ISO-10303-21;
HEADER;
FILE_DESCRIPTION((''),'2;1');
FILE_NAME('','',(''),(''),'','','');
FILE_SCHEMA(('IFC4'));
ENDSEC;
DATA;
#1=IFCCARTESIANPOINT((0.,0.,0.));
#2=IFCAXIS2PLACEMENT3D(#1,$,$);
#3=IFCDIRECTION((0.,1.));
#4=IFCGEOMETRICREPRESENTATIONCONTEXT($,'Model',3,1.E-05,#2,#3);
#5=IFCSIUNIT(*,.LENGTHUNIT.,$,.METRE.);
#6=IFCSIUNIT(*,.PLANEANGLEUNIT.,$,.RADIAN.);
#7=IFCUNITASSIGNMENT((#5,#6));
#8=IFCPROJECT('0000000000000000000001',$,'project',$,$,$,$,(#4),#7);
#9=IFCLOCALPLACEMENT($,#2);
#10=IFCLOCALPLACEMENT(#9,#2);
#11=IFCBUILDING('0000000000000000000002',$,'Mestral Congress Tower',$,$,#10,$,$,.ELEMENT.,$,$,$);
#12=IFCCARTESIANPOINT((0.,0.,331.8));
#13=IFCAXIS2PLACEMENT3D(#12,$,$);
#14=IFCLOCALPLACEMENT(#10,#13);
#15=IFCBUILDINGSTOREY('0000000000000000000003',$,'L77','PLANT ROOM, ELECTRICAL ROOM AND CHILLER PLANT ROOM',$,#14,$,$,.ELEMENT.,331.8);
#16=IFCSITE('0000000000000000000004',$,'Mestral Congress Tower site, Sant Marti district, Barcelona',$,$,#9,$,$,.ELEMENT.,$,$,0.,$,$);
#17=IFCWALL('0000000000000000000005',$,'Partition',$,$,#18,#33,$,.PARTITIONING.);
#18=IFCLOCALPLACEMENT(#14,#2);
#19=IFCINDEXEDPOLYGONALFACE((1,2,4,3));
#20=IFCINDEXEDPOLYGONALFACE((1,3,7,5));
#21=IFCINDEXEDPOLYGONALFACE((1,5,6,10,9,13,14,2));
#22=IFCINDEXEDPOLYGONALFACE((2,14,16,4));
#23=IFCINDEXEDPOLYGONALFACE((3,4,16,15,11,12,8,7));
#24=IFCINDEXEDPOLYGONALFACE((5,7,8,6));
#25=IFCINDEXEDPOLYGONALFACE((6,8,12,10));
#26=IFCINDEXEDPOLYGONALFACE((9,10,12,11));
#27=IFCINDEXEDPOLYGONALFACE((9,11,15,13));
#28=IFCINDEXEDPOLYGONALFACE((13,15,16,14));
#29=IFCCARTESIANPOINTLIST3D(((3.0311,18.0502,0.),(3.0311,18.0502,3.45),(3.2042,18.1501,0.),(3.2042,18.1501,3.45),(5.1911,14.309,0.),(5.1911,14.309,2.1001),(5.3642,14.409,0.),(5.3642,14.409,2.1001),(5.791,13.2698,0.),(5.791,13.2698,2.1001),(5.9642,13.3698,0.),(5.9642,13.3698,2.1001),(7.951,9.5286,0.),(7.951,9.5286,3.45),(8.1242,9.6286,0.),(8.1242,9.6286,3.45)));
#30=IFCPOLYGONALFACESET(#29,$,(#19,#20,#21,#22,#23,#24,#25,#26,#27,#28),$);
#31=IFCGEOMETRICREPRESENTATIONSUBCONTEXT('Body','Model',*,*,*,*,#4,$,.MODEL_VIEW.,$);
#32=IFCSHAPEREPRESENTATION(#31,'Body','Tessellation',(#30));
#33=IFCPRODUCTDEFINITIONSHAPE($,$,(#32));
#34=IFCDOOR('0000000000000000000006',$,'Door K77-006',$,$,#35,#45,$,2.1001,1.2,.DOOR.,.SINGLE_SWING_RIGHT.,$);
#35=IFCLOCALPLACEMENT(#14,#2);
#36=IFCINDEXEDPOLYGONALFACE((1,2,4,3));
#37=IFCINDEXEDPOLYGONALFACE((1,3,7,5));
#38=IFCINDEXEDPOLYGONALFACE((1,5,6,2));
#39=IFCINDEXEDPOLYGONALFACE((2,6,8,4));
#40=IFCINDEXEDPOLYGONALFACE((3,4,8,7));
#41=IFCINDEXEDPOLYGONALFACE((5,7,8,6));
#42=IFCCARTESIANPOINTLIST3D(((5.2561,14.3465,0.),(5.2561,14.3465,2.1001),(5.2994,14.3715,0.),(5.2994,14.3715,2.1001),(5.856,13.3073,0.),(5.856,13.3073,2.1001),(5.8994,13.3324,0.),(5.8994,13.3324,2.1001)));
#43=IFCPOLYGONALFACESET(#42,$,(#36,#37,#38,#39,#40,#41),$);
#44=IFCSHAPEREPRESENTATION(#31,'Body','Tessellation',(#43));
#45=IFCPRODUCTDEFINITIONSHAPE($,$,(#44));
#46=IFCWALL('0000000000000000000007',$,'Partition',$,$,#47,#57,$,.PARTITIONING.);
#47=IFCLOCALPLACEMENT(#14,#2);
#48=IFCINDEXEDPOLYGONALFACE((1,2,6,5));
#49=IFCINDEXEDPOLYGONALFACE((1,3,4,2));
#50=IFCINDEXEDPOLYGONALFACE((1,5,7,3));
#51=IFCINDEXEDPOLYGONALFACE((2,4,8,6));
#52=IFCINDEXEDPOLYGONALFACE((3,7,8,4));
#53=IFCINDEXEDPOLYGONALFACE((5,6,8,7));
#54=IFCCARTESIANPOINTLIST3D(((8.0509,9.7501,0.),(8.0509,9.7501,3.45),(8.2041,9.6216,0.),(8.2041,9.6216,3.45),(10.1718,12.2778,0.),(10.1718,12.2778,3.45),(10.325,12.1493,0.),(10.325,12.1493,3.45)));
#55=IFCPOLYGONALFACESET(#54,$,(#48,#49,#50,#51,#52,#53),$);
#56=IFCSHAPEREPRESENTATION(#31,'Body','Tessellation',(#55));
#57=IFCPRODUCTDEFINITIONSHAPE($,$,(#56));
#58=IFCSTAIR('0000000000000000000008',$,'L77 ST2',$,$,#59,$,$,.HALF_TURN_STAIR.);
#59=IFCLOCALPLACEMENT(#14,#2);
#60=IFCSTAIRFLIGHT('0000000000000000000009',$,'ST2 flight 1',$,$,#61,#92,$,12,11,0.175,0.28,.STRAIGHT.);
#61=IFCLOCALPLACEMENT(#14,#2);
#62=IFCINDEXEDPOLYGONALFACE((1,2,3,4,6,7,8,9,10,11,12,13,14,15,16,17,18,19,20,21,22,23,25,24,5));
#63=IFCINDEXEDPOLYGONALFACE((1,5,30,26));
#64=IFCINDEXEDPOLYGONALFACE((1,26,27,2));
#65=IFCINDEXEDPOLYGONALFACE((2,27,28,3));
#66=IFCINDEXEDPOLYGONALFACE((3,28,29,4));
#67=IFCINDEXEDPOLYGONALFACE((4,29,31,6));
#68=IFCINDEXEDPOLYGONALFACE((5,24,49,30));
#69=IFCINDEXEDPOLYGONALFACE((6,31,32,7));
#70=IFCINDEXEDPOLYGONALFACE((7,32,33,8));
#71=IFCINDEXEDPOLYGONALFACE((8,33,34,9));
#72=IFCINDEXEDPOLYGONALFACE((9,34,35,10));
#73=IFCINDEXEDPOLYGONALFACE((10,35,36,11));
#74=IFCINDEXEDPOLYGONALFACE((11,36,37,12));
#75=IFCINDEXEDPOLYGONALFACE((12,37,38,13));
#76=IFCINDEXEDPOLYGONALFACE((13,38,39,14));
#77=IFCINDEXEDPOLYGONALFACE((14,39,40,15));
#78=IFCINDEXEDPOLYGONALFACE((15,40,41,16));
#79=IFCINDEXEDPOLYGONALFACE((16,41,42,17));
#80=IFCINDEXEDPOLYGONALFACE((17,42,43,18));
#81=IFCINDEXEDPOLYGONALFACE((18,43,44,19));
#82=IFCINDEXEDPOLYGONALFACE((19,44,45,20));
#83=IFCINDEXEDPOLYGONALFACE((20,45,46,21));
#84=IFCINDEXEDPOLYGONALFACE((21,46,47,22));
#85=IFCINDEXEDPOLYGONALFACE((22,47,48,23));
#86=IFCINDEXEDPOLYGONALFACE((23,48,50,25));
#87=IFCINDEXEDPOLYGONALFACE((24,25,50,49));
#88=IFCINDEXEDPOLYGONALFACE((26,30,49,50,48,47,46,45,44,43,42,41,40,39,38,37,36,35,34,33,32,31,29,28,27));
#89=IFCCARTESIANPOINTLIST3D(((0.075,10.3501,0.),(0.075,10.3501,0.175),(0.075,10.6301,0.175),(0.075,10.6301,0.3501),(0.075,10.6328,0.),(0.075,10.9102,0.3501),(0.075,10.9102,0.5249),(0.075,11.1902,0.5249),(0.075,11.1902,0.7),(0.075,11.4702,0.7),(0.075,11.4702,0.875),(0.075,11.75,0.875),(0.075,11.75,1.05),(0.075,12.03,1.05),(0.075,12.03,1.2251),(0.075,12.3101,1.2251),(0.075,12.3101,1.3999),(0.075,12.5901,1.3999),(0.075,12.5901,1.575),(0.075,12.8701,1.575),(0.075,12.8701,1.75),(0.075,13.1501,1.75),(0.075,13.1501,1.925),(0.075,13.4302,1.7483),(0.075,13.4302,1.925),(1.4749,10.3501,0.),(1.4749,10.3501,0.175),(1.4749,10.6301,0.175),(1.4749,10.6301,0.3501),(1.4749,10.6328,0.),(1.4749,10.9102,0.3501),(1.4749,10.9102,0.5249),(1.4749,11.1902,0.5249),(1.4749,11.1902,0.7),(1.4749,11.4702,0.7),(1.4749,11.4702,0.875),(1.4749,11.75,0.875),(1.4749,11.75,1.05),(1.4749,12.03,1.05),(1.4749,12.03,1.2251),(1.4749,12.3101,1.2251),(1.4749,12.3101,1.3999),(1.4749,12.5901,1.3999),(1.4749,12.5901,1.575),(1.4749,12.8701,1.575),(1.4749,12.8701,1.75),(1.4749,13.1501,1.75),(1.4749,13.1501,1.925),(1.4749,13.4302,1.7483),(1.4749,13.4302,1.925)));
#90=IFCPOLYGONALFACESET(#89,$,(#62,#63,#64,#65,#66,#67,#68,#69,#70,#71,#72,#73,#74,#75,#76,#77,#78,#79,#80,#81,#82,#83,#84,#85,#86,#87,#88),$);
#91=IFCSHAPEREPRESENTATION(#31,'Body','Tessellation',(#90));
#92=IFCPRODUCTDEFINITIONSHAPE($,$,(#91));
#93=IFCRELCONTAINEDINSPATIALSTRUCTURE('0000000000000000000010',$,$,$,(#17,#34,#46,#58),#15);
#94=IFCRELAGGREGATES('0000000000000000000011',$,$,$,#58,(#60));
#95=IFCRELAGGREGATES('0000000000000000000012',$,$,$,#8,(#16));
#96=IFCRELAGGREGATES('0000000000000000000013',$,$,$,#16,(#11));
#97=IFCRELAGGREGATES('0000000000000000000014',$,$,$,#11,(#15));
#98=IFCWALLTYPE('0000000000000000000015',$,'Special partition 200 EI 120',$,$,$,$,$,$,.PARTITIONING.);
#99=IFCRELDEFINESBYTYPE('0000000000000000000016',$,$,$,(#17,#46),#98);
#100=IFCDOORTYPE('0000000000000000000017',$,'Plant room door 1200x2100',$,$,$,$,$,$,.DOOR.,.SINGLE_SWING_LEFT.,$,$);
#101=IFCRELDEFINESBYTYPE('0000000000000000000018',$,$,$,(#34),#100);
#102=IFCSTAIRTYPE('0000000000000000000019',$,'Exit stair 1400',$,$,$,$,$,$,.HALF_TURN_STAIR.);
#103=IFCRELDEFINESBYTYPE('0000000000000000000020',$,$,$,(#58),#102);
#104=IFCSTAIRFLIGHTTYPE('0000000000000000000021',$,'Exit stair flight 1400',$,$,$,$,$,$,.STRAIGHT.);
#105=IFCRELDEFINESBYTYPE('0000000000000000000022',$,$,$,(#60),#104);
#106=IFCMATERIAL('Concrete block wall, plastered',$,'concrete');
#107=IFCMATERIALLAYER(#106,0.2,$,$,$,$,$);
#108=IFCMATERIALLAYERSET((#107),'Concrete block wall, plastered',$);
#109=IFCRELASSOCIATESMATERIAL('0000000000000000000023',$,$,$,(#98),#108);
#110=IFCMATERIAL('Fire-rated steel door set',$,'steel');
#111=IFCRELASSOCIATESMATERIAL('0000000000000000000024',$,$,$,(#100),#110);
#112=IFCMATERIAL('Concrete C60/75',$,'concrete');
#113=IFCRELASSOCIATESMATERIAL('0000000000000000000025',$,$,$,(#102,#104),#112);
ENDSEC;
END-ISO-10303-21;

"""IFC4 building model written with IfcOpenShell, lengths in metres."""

from ifc_helpers import new_model, si_unit, direction, frame, frame_2d, origin, place, context, subcontext, project, spatial, polyline, rectangle, outline, extrude, material, layer, layer_set, type_object, element, fill, aggregate, save


model = new_model("IFC4")

# Units and contexts
model_context = context("Model", 3, precision=1e-05, world=origin(), true_north=direction((0.0, 1.0)))
body_context = subcontext(model_context, "Body", "Model", "MODEL_VIEW")
ifc_project = project(units=[si_unit("LENGTHUNIT", "METRE"), si_unit("PLANEANGLEUNIT", "RADIAN")], contexts=[model_context])

# Site, building, storey
site_placement = place(None, origin())
site = spatial("IfcSite", under=ifc_project, at=site_placement, Name="Mestral Congress Tower site, Sant Marti district, Barcelona", CompositionType="ELEMENT", RefElevation=0.0)
building_placement = place(site_placement, origin())
building = spatial("IfcBuilding", under=site, at=building_placement, Name="Mestral Congress Tower", CompositionType="ELEMENT")
storey_placement = place(building_placement, frame((0.0, 0.0, 331.8)))
storey = spatial("IfcBuildingStorey", under=building, at=storey_placement, Name="L77", Description="PLANT ROOM, ELECTRICAL ROOM AND CHILLER PLANT ROOM", CompositionType="ELEMENT", Elevation=331.8)

# Shared definitions
placement = place(storey_placement, origin())

# Shared definitions
ifc_material_1 = material(Name="Fire-rated steel door set", Category="steel")

# Shared definitions
ifc_material_2 = material(Name="Concrete C60/75", Category="concrete")

# Wall, opening, door
ifc_material_3 = material(Name="Concrete block wall, plastered", Category="concrete")
ifc_layer_1 = layer(ifc_material_3, 0.2)
ifc_layer_set_1 = layer_set([ifc_layer_1], Name="Concrete block wall, plastered")
wall_type_1 = type_object("IfcWallType", Name="Special partition 200 EI 120", PredefinedType="PARTITIONING", material=ifc_layer_set_1)
wall_1_placement = place(storey_placement, frame((8.0376, 9.5786, 0.0), z_axis=(0.0, 0.0, 1.0), x_axis=(-0.500003, 0.866024, 0.0)))
wall_1 = element("IfcWall", 1, at=wall_1_placement, inside=storey, type_object=wall_type_1, Name="Partition", PredefinedType="PARTITIONING", context=body_context, shape_type="SweptSolid", body=[
    extrude(rectangle(XDim=9.8398, YDim=0.2, at=frame_2d((4.9199, 0.0))), origin(), (0.0, 0.0, 1.0), 3.45),
])
opening_1_placement = place(wall_1_placement, frame((4.3198, 0.0, 0.0)))
opening_1 = element("IfcOpeningElement", 2, at=opening_1_placement, cuts=wall_1, PredefinedType="OPENING", context=body_context, shape_type="SweptSolid", body=[
    extrude(rectangle(XDim=1.2, YDim=2.1001, at=frame_2d((0.6001, 1.05))), frame((0.0, 0.1099, 0.0), z_axis=(0.0, -1.0, 0.0), x_axis=(1.0, 0.0, 0.0)), (0.0, 0.0, 1.0), 0.22),
])
door_type_1 = type_object("IfcDoorType", Name="Plant room door 1200x2100", OperationType="SINGLE_SWING_LEFT", PredefinedType="DOOR", material=ifc_material_1)
door_1_placement = place(opening_1_placement, origin())
door_1 = element("IfcDoor", 3, at=door_1_placement, inside=storey, type_object=door_type_1, Name="Door K77-006", OperationType="SINGLE_SWING_RIGHT", OverallHeight=2.1001, OverallWidth=1.2, PredefinedType="DOOR", context=body_context, shape_type="SweptSolid", body=[
    extrude(rectangle(XDim=1.2, YDim=2.1001, at=frame_2d((0.6001, 1.05))), frame((0.0, 0.0249, 0.0), z_axis=(0.0, -1.0, 0.0), x_axis=(1.0, 0.0, 0.0)), (0.0, 0.0, 1.0), 0.05),
])
fill(opening_1, door_1)

# Wall
wall_2_placement = place(storey_placement, frame((8.1274, 9.6858, 0.0), z_axis=(0.0, 0.0, 1.0), x_axis=(0.642779, 0.766052, 0.0)))
element("IfcWall", 4, at=wall_2_placement, inside=storey, type_object=wall_type_1, Name="Partition", PredefinedType="PARTITIONING", context=body_context, shape_type="SweptSolid", body=[
    extrude(rectangle(XDim=3.2996, YDim=0.2, at=frame_2d((1.6499, 0.0))), origin(), (0.0, 0.0, 1.0), 3.45),
])

# Stair, stair flight
stair_type = type_object("IfcStairType", Name="Exit stair 1400", PredefinedType="HALF_TURN_STAIR", material=ifc_material_2)
stair = element("IfcStair", 5, at=placement, inside=storey, type_object=stair_type, Name="L77 ST2", PredefinedType="HALF_TURN_STAIR")
stair_flight_type = type_object("IfcStairFlightType", Name="Exit stair flight 1400", PredefinedType="STRAIGHT", material=ifc_material_2)
stair_flight_placement = place(storey_placement, frame((0.7749, 10.3501, 0.0), z_axis=(0.0, 0.0, 1.0), x_axis=(0.0, 1.0, 0.0)))
stair_flight = element("IfcStairFlight", 6, at=stair_flight_placement, type_object=stair_flight_type, Name="ST2 flight 1", NumberOfRisers=12, NumberOfTreads=11, PredefinedType="STRAIGHT", RiserHeight=0.175, TreadLength=0.28, context=body_context, shape_type="SweptSolid", body=[
    extrude(outline(polyline([(0.0, 0.0), (0.0, 0.175), (0.28, 0.175), (0.28, 0.3501), (0.5601, 0.3501), (0.5601, 0.5249), (0.8401, 0.5249), (0.8401, 0.7), (1.1201, 0.7), (1.1201, 0.875), (1.3999, 0.875), (1.3999, 1.05), (1.6799, 1.05), (1.6799, 1.2251), (1.96, 1.2251), (1.96, 1.3999), (2.24, 1.3999), (2.24, 1.575), (2.52, 1.575), (2.52, 1.75), (2.8, 1.75), (2.8, 1.925), (3.0801, 1.925), (3.0801, 2.1001), (3.0801, 1.7483), (0.2827, 0.0), (0.0, 0.0)])), frame((0.0, 0.7, 0.0), z_axis=(0.0, -1.0, 0.0), x_axis=(1.0, 0.0, 0.0)), (0.0, 0.0, 1.0), 1.3999),
])
aggregate(stair, [stair_flight])

save(model, "model.ifc")
